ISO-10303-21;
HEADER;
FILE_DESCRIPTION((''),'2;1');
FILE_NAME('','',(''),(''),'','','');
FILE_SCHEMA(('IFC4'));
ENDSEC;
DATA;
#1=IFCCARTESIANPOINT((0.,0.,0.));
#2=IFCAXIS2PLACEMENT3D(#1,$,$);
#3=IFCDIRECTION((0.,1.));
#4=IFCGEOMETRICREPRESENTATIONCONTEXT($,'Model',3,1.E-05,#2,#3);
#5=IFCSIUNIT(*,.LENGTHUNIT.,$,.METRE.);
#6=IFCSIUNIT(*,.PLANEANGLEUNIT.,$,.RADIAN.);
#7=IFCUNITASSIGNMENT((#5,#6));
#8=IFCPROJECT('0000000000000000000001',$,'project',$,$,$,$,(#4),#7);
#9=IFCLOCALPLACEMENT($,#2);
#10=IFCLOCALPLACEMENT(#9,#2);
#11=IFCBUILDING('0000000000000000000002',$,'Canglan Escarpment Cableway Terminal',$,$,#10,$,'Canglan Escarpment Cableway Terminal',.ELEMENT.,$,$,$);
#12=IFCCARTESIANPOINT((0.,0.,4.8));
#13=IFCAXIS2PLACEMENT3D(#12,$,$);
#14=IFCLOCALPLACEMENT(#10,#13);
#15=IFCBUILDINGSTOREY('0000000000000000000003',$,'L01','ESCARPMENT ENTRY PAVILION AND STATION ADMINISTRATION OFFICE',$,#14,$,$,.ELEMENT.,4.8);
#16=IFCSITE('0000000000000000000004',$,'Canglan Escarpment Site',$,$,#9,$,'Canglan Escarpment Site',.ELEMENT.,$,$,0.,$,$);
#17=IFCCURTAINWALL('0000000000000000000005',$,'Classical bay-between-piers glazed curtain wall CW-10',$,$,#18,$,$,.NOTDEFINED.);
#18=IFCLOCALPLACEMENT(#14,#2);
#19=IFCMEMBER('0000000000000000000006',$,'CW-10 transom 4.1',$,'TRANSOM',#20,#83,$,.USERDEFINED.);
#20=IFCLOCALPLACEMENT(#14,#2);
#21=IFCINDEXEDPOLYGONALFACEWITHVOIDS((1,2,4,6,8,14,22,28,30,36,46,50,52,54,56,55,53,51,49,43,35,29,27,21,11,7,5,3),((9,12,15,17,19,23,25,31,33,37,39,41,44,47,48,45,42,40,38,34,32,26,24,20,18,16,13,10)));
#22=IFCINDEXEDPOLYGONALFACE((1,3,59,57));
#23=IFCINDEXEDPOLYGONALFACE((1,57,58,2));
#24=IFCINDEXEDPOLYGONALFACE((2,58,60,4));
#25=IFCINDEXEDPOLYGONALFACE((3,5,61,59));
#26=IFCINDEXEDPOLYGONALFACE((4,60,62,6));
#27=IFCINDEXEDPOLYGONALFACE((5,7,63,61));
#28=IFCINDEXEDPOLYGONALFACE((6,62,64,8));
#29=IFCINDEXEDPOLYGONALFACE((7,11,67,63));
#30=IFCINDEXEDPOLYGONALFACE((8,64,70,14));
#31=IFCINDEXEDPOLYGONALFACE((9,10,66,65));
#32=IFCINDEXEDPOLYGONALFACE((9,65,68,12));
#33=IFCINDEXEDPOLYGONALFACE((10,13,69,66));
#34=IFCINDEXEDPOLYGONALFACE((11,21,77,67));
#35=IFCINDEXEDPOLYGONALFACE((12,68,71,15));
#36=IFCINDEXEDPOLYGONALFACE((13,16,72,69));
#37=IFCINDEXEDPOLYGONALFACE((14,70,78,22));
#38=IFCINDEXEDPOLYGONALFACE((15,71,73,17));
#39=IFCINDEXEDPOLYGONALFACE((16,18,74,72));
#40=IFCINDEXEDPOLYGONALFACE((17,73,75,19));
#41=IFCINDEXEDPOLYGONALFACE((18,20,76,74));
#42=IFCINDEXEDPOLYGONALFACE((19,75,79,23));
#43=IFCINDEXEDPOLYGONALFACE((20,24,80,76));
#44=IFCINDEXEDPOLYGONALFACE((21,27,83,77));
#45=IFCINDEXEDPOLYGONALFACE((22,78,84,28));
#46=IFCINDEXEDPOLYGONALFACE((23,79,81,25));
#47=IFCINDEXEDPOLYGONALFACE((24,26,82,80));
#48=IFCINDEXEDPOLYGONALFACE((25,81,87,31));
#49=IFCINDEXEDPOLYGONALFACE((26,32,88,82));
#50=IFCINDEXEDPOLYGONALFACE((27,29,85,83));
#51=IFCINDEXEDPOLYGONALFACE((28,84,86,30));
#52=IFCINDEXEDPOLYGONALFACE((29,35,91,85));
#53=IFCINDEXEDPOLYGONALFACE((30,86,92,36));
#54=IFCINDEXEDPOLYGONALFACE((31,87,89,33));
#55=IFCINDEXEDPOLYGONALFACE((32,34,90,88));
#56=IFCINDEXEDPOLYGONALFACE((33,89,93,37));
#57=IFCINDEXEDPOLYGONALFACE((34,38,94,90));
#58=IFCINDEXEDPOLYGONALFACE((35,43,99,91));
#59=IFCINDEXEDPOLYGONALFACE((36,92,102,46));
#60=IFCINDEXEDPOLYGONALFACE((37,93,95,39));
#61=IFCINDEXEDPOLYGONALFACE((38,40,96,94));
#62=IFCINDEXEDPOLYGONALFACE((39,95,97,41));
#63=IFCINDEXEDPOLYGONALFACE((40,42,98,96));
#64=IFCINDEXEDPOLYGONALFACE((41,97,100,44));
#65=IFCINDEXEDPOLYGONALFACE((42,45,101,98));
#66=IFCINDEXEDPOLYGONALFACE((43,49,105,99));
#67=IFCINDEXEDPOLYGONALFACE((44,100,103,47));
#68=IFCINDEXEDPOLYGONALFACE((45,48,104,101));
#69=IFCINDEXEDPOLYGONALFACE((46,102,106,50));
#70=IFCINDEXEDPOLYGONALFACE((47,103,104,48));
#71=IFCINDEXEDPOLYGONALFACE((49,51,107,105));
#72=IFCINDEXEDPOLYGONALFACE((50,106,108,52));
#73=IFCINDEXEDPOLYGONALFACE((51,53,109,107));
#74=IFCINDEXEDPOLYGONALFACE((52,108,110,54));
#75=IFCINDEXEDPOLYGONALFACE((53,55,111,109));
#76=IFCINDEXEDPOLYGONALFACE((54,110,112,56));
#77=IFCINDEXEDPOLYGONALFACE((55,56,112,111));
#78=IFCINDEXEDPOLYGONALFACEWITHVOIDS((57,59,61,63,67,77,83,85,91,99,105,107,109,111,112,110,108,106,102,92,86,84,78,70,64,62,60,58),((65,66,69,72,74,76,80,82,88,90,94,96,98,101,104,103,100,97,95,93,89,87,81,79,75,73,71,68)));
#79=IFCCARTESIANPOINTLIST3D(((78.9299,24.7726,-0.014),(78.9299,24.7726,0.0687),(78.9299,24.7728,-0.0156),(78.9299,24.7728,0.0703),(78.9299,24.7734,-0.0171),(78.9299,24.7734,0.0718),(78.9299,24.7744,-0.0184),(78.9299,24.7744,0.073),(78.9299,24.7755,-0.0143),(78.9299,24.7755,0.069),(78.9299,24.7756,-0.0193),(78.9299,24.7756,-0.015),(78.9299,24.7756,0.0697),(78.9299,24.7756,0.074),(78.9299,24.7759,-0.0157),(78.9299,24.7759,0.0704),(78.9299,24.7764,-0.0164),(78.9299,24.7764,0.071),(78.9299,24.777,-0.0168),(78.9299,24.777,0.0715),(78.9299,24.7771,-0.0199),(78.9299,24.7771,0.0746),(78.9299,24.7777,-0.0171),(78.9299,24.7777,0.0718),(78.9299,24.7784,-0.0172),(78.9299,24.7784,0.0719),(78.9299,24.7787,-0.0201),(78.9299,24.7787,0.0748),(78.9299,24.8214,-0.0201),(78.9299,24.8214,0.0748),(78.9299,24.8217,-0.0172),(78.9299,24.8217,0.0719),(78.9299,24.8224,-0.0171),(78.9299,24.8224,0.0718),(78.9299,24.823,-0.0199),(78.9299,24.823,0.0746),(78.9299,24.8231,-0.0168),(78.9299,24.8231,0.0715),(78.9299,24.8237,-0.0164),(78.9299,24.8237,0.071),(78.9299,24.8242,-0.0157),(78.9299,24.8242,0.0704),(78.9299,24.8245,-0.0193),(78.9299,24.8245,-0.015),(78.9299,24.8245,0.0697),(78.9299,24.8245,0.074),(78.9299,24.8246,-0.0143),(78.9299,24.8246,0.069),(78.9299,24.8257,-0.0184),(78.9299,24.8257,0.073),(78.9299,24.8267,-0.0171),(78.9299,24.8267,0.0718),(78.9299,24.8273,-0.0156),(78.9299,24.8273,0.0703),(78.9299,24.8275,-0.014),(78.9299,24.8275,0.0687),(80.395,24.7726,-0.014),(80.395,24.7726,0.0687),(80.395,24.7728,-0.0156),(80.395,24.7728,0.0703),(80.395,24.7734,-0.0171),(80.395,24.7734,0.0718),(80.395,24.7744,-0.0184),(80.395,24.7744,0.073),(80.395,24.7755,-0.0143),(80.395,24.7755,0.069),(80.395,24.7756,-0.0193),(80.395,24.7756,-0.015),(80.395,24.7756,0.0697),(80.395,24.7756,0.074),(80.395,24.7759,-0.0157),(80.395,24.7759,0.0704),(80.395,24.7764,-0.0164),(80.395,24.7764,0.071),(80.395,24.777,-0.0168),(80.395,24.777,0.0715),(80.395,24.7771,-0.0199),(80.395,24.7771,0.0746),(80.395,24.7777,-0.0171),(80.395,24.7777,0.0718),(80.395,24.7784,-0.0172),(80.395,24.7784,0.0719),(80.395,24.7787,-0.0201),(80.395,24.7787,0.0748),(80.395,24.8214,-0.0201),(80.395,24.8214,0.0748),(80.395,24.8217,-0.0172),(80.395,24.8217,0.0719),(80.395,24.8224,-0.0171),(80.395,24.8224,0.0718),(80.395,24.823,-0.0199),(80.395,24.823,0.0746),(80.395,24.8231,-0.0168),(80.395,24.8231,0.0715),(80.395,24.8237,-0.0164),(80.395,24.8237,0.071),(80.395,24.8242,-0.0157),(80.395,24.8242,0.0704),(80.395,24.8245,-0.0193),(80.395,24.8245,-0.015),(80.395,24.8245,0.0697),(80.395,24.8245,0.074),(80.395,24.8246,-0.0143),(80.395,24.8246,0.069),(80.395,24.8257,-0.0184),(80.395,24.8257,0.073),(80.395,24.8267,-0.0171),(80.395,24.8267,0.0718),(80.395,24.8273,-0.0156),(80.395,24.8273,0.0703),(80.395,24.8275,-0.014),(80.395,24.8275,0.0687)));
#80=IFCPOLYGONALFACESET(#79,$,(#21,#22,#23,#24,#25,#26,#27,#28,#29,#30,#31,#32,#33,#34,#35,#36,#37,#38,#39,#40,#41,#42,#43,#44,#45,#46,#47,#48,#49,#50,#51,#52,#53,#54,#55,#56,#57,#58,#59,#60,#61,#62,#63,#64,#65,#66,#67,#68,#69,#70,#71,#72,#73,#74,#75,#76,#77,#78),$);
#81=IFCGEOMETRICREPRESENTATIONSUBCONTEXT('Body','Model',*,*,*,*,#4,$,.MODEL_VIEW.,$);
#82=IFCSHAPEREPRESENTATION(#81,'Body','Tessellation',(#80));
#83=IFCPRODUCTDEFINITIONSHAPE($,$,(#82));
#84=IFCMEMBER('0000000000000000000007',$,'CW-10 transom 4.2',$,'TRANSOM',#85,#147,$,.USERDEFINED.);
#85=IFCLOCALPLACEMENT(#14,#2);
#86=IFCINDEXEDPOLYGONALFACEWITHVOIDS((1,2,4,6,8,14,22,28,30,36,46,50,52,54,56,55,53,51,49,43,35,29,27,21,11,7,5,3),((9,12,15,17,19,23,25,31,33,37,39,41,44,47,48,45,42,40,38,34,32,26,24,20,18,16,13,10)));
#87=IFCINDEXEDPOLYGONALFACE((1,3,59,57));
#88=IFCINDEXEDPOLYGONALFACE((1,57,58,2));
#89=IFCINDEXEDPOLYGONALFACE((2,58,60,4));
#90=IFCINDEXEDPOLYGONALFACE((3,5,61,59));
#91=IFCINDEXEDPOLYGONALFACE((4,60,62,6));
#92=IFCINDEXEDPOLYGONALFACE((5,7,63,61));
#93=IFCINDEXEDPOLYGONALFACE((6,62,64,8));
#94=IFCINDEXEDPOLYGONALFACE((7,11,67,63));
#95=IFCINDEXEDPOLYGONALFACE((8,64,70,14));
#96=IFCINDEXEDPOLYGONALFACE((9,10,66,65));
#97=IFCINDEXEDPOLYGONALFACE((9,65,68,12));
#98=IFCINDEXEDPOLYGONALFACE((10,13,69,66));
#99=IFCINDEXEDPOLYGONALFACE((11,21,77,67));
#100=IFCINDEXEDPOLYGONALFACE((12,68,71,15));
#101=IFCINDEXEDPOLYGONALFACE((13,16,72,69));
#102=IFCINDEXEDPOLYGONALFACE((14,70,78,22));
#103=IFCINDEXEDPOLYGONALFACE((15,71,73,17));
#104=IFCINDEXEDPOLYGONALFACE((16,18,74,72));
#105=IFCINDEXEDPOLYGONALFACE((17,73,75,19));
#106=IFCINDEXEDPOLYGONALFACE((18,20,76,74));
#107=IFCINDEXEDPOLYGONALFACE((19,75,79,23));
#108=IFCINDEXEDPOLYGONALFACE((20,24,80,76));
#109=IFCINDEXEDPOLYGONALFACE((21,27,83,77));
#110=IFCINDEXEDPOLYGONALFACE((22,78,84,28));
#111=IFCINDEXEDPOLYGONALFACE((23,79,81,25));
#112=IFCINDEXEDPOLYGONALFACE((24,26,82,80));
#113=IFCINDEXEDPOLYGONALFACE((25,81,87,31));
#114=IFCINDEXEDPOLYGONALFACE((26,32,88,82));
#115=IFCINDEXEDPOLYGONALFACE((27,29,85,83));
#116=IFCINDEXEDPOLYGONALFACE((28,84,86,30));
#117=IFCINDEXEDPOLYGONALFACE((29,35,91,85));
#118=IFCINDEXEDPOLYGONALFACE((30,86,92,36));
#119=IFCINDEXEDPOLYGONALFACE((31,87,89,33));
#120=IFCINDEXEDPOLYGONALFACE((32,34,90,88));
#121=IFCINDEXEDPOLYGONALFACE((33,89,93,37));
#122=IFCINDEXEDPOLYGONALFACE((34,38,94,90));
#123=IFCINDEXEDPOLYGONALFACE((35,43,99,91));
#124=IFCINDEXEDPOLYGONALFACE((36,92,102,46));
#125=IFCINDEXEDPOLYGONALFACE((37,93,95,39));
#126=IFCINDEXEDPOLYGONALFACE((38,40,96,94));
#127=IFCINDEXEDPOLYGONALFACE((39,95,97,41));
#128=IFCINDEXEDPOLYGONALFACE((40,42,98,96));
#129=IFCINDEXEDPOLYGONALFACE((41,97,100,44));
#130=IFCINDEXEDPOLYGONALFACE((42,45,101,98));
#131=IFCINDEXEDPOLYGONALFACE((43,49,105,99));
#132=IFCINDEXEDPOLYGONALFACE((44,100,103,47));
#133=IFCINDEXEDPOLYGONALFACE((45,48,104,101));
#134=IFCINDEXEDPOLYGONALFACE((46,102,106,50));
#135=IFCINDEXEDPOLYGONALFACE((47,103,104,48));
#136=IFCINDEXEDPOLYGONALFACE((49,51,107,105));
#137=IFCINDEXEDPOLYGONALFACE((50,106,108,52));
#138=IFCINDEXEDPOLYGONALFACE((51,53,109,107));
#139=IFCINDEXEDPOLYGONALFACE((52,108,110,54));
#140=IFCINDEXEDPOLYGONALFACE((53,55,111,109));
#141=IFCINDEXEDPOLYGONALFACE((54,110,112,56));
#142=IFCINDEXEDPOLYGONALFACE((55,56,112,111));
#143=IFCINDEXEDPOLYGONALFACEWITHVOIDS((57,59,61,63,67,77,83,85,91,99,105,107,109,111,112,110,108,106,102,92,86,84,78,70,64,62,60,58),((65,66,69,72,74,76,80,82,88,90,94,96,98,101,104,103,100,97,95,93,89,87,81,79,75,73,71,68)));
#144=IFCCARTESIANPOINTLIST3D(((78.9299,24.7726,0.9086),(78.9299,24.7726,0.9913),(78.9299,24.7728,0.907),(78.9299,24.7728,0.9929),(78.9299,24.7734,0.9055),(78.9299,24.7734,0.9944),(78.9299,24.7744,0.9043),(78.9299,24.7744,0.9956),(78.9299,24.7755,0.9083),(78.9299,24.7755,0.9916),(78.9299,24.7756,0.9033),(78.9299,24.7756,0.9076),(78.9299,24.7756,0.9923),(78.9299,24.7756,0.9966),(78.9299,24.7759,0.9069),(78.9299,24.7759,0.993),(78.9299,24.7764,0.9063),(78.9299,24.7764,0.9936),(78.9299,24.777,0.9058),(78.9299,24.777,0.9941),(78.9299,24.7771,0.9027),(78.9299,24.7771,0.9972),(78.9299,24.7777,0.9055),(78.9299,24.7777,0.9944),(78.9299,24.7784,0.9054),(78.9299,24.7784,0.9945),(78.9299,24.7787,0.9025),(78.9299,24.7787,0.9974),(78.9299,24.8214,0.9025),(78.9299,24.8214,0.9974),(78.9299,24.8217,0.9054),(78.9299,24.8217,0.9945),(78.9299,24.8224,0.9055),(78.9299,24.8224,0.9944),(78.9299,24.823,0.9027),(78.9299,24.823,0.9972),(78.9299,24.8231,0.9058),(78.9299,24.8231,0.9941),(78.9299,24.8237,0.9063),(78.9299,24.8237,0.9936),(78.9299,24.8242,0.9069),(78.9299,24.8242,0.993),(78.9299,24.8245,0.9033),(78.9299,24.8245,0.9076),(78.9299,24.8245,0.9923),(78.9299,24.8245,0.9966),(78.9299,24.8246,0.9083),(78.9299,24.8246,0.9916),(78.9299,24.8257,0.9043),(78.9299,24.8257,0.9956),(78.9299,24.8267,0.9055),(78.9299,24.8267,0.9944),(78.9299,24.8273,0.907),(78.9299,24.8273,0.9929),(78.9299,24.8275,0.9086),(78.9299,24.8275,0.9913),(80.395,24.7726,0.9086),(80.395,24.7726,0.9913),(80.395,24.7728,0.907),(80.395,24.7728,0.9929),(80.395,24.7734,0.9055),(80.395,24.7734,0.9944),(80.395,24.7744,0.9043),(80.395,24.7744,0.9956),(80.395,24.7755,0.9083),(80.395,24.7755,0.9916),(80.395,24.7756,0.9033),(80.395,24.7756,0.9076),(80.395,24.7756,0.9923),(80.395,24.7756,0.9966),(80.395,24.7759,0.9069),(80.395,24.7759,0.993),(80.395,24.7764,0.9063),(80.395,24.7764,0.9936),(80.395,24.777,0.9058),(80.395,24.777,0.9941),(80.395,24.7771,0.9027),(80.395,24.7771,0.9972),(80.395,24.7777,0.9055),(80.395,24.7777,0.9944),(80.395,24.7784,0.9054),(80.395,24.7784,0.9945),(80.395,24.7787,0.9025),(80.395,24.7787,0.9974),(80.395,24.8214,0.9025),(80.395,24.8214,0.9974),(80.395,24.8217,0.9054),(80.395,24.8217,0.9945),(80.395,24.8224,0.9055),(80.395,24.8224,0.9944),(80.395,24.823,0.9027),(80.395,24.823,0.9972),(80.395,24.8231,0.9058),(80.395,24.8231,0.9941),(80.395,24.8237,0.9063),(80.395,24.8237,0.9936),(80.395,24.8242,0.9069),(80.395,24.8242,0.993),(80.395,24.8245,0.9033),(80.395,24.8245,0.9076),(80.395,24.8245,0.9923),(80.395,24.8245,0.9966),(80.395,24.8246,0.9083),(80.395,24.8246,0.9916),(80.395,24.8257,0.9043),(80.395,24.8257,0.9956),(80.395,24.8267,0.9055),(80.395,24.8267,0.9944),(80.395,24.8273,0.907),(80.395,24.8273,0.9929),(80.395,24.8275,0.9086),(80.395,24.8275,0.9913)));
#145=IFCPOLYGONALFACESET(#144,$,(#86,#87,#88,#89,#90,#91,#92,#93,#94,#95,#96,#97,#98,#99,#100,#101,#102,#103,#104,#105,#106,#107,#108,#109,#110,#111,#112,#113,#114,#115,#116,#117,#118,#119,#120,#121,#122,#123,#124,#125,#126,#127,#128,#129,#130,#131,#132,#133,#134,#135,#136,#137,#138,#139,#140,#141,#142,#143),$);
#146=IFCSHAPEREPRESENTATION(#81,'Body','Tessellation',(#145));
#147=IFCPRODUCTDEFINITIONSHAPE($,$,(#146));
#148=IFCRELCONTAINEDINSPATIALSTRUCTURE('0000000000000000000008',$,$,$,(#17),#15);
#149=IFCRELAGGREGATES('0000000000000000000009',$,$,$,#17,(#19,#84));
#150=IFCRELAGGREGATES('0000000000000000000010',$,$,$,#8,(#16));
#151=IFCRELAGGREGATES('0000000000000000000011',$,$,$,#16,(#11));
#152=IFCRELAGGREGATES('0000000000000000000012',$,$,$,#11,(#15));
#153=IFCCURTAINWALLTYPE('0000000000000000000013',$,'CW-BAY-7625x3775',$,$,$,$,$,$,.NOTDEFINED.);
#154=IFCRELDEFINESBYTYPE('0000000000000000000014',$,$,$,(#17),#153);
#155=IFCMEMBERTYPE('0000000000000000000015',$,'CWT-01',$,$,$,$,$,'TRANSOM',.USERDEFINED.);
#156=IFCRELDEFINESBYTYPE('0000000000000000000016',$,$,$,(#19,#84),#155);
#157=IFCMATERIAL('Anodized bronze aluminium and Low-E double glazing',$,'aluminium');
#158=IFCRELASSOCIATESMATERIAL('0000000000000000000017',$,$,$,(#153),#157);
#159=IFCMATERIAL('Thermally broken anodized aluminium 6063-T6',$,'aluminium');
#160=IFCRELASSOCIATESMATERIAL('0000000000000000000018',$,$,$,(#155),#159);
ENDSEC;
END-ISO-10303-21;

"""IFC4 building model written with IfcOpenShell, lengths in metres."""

from ifc_helpers import new_model, si_unit, direction, frame, origin, origin_2d, place, context, subcontext, project, spatial, hollow_rectangle, extrude, material, material_profile, profile_set, type_object, element, aggregate, save


model = new_model("IFC4")

# Units and contexts
model_context = context("Model", 3, precision=1e-05, world=origin(), true_north=direction((0.0, 1.0)))
body_context = subcontext(model_context, "Body", "Model", "MODEL_VIEW")
ifc_project = project(units=[si_unit("LENGTHUNIT", "METRE"), si_unit("PLANEANGLEUNIT", "RADIAN")], contexts=[model_context])

# Site, building, storey
site_placement = place(None, origin())
site = spatial("IfcSite", under=ifc_project, at=site_placement, Name="Canglan Escarpment Site", LongName="Canglan Escarpment Site", CompositionType="ELEMENT", RefElevation=0.0)
building_placement = place(site_placement, origin())
building = spatial("IfcBuilding", under=site, at=building_placement, Name="Canglan Escarpment Cableway Terminal", LongName="Canglan Escarpment Cableway Terminal", CompositionType="ELEMENT")
storey_placement = place(building_placement, frame((0.0, 0.0, 4.8)))
storey = spatial("IfcBuildingStorey", under=building, at=storey_placement, Name="L01", Description="ESCARPMENT ENTRY PAVILION AND STATION ADMINISTRATION OFFICE", CompositionType="ELEMENT", Elevation=4.8)

# Curtain wall, members
ifc_material_1 = material(Name="Anodized bronze aluminium and Low-E double glazing", Category="aluminium")
curtain_wall_type = type_object("IfcCurtainWallType", Name="CW-BAY-7625x3775", PredefinedType="NOTDEFINED", material=ifc_material_1)
curtain_wall_placement = place(storey_placement, origin())
curtain_wall = element("IfcCurtainWall", 1, at=curtain_wall_placement, inside=storey, type_object=curtain_wall_type, Name="Classical bay-between-piers glazed curtain wall CW-10", PredefinedType="NOTDEFINED")
ifc_material_2 = material(Name="Thermally broken anodized aluminium 6063-T6", Category="aluminium")
ifc_material_profile_1 = material_profile(ifc_material_2, hollow_rectangle(XDim=0.0549, YDim=0.095, WallThickness=0.0029, InnerFilletRadius=0.0029, OuterFilletRadius=0.0061, at=origin_2d()), Name="ALU-TRAN 55x95x3")
ifc_profile_set_1 = profile_set([ifc_material_profile_1], Name="Thermally broken anodized aluminium 6063-T6")
member_type_1 = type_object("IfcMemberType", Name="CWT-01", ElementType="TRANSOM", PredefinedType="USERDEFINED", material=ifc_profile_set_1)
member_1_placement = place(storey_placement, frame((80.395, 24.8, 0.0273), z_axis=(-1.0, 0.0, 0.0), x_axis=(0.0, -1.0, 0.0)))
member_1 = element("IfcMember", 2, at=member_1_placement, type_object=member_type_1, Name="CW-10 transom 4.1", ObjectType="TRANSOM", PredefinedType="USERDEFINED", context=body_context, shape_type="SweptSolid", body=[
    extrude(hollow_rectangle(XDim=0.0549, YDim=0.095, WallThickness=0.0029, InnerFilletRadius=0.0029, OuterFilletRadius=0.0061, at=origin_2d()), origin(), (0.0, 0.0, 1.0), 1.4651),
])
member_2_placement = place(storey_placement, frame((80.395, 24.8, 0.95), z_axis=(-1.0, 0.0, 0.0), x_axis=(0.0, -1.0, 0.0)))
member_2 = element("IfcMember", 3, at=member_2_placement, type_object=member_type_1, Name="CW-10 transom 4.2", ObjectType="TRANSOM", PredefinedType="USERDEFINED", context=body_context, shape_type="SweptSolid", body=[
    extrude(hollow_rectangle(XDim=0.0549, YDim=0.095, WallThickness=0.0029, InnerFilletRadius=0.0029, OuterFilletRadius=0.0061, at=origin_2d()), origin(), (0.0, 0.0, 1.0), 1.4651),
])
aggregate(curtain_wall, [member_1, member_2])

save(model, "model.ifc")
